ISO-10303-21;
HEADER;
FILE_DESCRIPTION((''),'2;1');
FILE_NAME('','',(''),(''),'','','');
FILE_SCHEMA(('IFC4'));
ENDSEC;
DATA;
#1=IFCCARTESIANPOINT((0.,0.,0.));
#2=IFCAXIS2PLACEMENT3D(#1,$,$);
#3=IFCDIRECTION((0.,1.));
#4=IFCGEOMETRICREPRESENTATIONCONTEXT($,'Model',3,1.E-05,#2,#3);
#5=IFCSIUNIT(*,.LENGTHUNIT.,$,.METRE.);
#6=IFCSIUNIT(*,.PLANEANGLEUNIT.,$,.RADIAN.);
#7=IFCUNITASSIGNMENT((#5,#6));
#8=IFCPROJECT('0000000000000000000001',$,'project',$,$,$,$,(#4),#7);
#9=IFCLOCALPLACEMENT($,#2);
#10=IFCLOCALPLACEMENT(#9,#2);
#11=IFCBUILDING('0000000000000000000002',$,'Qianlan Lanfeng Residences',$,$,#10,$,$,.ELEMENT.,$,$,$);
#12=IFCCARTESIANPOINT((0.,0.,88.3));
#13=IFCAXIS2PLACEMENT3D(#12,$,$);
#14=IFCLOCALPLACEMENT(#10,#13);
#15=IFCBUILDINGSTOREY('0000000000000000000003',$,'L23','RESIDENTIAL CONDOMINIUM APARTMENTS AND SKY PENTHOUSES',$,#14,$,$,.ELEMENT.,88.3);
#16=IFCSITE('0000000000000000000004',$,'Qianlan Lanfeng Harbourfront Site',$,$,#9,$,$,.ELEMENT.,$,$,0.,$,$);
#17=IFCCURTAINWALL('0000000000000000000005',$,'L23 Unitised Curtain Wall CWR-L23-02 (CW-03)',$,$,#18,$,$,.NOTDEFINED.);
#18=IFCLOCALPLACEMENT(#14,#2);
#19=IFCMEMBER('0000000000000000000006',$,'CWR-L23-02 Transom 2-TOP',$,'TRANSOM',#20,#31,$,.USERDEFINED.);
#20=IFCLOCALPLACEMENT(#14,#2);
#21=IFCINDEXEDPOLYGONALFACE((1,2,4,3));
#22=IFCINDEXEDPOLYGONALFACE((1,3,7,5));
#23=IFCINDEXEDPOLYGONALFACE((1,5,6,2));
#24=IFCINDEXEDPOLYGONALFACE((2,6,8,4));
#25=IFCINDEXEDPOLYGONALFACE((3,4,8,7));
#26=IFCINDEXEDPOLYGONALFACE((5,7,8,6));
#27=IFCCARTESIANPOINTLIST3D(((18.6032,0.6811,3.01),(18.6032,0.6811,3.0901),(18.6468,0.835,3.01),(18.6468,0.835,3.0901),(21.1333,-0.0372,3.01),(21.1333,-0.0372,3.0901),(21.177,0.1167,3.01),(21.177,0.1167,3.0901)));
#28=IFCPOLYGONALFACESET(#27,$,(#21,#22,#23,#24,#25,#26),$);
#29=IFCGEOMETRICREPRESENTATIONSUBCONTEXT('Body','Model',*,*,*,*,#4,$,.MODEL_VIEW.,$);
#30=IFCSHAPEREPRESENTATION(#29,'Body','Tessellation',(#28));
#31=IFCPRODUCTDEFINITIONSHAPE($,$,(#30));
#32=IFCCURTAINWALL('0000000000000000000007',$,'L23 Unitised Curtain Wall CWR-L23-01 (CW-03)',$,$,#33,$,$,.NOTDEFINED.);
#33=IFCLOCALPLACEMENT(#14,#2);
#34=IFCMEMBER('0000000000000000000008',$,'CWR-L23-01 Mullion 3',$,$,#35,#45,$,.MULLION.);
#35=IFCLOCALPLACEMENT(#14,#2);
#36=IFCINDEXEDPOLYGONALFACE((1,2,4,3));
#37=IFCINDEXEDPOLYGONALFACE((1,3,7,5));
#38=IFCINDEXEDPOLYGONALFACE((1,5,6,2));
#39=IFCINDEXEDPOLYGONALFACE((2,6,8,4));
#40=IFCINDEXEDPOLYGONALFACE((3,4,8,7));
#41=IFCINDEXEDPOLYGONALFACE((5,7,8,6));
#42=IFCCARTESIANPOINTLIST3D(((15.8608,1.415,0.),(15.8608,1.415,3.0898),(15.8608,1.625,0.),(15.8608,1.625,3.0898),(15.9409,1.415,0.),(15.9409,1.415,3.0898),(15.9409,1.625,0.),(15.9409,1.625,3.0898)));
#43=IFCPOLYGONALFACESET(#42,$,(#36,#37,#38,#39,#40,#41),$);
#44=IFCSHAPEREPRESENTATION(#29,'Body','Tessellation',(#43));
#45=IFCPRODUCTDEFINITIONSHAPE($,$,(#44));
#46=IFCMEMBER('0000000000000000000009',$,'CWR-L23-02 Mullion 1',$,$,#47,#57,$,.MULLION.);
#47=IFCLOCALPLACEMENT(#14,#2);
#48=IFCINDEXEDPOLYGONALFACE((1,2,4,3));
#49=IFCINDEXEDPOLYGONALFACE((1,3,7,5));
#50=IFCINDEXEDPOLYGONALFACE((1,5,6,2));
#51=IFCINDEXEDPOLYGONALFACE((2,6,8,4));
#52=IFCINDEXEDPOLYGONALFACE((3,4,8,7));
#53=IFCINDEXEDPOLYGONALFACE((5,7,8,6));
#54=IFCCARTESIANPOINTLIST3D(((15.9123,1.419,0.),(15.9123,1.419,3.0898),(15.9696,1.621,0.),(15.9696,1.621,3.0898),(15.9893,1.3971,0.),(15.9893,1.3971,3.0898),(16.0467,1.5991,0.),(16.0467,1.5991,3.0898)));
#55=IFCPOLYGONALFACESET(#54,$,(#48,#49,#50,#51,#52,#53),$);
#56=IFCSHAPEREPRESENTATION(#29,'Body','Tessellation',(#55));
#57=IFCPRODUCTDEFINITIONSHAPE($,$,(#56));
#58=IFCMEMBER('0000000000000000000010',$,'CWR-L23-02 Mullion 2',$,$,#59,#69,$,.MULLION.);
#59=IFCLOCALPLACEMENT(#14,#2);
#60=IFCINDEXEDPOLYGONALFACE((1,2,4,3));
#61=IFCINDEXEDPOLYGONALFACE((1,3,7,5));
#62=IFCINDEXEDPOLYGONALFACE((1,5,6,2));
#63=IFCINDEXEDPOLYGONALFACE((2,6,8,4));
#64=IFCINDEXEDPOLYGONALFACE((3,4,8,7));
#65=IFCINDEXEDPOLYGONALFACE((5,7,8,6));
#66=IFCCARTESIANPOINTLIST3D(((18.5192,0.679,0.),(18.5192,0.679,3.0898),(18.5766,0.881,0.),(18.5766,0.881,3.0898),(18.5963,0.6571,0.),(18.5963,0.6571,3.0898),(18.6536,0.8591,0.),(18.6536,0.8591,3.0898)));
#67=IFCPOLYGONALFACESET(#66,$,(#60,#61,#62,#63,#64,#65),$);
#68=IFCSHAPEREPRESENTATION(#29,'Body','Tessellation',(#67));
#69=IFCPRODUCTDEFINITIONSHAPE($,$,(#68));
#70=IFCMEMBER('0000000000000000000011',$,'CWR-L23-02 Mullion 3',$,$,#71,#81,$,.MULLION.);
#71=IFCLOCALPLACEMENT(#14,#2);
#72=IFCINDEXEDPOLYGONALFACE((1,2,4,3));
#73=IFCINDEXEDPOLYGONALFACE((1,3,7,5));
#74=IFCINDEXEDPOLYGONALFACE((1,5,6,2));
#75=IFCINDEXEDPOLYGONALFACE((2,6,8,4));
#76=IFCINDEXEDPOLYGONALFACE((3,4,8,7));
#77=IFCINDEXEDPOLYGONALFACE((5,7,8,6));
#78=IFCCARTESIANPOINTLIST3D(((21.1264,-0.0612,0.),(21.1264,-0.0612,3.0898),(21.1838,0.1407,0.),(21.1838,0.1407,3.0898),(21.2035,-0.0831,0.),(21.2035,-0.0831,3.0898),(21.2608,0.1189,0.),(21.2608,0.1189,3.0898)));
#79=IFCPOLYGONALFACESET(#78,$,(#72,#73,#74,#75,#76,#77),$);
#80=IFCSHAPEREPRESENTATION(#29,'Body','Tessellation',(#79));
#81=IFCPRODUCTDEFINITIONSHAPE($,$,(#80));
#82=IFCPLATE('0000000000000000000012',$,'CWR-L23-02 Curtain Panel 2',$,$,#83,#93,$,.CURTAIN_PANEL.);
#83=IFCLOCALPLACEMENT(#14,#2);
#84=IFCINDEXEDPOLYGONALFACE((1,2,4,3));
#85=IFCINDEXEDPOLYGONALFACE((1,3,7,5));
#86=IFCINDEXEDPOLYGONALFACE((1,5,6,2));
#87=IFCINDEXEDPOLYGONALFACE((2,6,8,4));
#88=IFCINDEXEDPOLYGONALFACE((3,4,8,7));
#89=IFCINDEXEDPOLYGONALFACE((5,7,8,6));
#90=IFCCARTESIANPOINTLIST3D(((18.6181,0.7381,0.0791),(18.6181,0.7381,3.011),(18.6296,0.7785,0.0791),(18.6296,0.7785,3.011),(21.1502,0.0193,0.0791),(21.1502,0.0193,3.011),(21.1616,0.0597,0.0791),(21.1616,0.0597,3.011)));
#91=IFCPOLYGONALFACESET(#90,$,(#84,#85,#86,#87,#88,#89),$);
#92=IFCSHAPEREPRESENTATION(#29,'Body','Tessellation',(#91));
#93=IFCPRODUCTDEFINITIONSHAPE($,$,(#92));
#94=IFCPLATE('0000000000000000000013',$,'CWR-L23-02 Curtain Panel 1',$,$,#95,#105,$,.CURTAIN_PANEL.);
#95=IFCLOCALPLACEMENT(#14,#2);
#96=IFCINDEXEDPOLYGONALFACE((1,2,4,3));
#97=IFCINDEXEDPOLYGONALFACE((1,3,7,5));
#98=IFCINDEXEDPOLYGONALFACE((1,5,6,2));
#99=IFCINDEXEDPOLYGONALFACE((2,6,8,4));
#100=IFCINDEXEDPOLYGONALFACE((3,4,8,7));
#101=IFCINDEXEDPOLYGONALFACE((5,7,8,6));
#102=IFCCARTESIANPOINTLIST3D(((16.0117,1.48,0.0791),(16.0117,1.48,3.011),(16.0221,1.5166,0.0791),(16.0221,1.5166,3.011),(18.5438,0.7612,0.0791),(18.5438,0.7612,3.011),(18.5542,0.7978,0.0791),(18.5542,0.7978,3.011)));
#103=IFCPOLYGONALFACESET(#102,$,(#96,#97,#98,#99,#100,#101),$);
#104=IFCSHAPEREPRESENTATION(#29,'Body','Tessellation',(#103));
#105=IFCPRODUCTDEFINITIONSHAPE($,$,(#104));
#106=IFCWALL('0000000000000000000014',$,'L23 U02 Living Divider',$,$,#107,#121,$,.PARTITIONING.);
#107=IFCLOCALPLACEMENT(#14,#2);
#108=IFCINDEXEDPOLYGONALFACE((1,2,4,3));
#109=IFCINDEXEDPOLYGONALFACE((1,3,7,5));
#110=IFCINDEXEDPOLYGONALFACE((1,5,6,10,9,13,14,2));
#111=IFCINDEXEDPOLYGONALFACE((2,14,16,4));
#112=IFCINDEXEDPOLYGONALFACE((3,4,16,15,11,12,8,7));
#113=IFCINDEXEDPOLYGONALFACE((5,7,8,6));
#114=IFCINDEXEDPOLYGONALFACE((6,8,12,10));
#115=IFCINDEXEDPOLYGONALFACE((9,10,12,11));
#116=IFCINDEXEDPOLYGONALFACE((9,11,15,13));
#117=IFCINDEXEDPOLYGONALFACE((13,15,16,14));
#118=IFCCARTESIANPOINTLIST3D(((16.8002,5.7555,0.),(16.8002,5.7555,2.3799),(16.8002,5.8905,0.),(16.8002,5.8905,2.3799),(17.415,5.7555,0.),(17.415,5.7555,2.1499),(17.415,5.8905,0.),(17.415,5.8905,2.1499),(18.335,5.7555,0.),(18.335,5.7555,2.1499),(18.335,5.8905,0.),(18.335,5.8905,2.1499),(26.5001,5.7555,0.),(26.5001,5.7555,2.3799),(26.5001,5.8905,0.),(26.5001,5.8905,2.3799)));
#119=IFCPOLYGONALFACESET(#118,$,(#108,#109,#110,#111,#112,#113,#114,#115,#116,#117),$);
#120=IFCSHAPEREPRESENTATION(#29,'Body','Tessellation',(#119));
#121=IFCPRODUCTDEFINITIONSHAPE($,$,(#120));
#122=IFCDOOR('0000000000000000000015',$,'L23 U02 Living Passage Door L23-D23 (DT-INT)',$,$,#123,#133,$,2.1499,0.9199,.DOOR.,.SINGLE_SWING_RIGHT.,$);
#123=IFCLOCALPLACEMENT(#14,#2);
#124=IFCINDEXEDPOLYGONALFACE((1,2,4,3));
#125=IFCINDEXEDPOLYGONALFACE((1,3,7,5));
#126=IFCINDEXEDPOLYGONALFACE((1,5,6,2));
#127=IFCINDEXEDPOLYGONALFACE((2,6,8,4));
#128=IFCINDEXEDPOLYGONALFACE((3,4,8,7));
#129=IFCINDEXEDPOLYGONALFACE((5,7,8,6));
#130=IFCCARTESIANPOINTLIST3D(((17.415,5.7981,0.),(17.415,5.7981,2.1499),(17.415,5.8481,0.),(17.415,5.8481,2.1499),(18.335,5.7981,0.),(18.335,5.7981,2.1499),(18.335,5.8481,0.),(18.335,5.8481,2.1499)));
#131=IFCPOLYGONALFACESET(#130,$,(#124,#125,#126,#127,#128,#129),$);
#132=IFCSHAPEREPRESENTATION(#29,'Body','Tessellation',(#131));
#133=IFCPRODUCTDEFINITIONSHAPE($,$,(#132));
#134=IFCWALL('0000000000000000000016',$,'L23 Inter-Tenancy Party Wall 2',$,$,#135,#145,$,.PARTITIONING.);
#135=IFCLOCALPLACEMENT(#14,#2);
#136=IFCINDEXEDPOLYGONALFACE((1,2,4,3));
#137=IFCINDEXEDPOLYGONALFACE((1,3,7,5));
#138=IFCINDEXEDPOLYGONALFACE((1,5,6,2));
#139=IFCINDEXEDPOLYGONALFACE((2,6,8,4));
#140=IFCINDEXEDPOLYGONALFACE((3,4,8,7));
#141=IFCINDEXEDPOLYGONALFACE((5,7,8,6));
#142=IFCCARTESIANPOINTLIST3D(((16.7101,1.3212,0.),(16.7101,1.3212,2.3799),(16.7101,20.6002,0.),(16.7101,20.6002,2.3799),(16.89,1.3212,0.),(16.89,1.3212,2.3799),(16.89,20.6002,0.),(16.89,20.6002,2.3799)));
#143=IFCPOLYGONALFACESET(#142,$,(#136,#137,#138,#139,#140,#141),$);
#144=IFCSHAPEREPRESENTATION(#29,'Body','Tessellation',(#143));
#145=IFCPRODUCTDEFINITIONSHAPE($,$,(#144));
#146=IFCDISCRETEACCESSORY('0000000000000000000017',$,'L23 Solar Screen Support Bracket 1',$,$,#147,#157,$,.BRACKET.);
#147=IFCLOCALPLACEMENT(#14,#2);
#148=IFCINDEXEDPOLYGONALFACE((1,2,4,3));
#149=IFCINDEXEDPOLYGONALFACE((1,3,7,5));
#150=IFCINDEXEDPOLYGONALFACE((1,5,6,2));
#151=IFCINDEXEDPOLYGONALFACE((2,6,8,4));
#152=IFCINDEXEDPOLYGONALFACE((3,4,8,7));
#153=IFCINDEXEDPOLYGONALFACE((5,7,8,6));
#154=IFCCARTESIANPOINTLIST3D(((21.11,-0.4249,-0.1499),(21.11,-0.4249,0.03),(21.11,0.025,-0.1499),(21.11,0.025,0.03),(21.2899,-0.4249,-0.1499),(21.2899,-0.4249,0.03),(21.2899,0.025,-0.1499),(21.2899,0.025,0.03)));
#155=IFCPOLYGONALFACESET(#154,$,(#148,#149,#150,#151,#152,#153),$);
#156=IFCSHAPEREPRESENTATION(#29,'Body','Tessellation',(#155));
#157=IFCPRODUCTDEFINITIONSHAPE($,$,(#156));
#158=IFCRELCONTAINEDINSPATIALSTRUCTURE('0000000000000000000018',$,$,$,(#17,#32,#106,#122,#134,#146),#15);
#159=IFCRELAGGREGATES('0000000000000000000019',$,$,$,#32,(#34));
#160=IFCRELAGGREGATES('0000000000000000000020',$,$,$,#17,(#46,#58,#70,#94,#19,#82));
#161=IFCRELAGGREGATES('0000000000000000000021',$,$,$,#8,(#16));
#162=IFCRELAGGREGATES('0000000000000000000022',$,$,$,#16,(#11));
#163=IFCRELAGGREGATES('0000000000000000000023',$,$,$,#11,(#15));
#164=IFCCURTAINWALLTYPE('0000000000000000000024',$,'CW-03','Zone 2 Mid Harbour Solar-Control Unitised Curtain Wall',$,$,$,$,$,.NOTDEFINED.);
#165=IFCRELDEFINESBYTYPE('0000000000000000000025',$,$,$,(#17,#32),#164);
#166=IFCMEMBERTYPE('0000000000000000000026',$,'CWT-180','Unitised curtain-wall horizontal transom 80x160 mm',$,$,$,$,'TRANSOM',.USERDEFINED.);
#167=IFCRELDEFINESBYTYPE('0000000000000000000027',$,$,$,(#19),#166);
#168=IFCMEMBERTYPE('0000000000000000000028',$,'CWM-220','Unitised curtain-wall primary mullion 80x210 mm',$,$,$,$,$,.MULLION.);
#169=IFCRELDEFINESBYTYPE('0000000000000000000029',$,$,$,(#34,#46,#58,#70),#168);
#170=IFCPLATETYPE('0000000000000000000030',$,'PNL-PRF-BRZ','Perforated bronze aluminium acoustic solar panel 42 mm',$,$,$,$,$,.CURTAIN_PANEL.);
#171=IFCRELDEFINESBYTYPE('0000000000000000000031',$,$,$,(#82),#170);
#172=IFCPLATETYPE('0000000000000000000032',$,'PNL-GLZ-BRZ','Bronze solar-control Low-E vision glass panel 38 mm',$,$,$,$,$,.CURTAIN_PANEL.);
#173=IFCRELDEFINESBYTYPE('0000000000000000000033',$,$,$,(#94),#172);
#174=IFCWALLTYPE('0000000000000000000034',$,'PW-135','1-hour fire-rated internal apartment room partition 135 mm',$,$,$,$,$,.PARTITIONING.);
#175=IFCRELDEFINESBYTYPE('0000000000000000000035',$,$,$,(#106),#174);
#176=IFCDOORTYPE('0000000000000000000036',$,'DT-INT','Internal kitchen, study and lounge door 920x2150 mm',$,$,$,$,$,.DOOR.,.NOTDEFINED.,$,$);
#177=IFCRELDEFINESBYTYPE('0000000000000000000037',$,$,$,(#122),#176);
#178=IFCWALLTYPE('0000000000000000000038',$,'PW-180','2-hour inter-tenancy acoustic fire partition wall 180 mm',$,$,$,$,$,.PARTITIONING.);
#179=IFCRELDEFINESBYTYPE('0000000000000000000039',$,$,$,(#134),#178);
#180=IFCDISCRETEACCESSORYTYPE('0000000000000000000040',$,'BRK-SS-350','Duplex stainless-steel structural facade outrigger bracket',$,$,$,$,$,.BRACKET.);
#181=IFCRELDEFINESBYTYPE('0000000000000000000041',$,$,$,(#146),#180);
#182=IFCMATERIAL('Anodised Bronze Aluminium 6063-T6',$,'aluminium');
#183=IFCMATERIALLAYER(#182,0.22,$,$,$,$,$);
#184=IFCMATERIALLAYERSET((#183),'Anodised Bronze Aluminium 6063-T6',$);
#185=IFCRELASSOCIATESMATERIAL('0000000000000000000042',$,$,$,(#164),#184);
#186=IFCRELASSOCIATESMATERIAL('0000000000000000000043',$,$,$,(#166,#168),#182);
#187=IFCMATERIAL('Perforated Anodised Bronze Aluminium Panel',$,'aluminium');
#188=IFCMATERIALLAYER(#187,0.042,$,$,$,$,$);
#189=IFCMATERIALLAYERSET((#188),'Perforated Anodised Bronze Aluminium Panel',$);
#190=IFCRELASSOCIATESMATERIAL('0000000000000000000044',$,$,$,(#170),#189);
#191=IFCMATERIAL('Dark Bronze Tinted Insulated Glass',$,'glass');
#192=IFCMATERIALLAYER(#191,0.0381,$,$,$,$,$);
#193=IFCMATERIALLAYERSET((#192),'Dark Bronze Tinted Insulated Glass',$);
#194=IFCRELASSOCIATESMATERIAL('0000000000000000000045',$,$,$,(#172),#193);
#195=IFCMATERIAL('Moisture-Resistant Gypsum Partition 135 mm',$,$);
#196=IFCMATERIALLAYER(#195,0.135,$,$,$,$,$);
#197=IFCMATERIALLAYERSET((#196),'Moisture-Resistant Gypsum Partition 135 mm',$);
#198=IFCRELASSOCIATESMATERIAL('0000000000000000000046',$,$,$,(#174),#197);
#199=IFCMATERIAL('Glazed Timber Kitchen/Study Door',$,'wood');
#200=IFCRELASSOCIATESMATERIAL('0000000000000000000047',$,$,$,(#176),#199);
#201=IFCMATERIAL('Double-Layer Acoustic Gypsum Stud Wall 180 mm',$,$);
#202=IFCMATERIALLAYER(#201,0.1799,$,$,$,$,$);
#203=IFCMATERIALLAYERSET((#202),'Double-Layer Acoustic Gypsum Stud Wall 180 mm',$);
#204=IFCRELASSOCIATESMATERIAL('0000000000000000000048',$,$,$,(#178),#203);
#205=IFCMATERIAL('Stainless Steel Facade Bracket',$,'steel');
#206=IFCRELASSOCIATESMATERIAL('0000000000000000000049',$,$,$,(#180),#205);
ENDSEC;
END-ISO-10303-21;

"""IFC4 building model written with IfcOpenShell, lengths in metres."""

from ifc_helpers import new_model, si_unit, direction, frame, frame_2d, origin, origin_2d, place, context, subcontext, project, spatial, rectangle, extrude, source, transform, mapped, material, layer, layer_set, material_profile, profile_set, type_object, element, fill, aggregate, save


model = new_model("IFC4")

# Units and contexts
model_context = context("Model", 3, precision=1e-05, world=origin(), true_north=direction((0.0, 1.0)))
body_context = subcontext(model_context, "Body", "Model", "MODEL_VIEW")
ifc_project = project(units=[si_unit("LENGTHUNIT", "METRE"), si_unit("PLANEANGLEUNIT", "RADIAN")], contexts=[model_context])

# Site, building, storey
site_placement = place(None, origin())
site = spatial("IfcSite", under=ifc_project, at=site_placement, Name="Qianlan Lanfeng Harbourfront Site", CompositionType="ELEMENT", RefElevation=0.0)
building_placement = place(site_placement, origin())
building = spatial("IfcBuilding", under=site, at=building_placement, Name="Qianlan Lanfeng Residences", CompositionType="ELEMENT")
storey_placement = place(building_placement, frame((0.0, 0.0, 88.3)))
storey = spatial("IfcBuildingStorey", under=building, at=storey_placement, Name="L23", Description="RESIDENTIAL CONDOMINIUM APARTMENTS AND SKY PENTHOUSES", CompositionType="ELEMENT", Elevation=88.3)

# Curtain wall, member
ifc_material_1 = material(Name="Anodised Bronze Aluminium 6063-T6", Category="aluminium")
ifc_layer_1 = layer(ifc_material_1, 0.22)
ifc_layer_set_1 = layer_set([ifc_layer_1], Name="Anodised Bronze Aluminium 6063-T6")
curtain_wall_type = type_object("IfcCurtainWallType", Name="CW-03", Description="Zone 2 Mid Harbour Solar-Control Unitised Curtain Wall", PredefinedType="NOTDEFINED", material=ifc_layer_set_1)
curtain_wall_1_placement = place(storey_placement, origin())
curtain_wall_1 = element("IfcCurtainWall", 1, at=curtain_wall_1_placement, inside=storey, type_object=curtain_wall_type, Name="L23 Unitised Curtain Wall CWR-L23-02 (CW-03)", PredefinedType="NOTDEFINED")
ifc_material_profile_1 = material_profile(ifc_material_1, rectangle(XDim=0.0801, YDim=0.1599, at=origin_2d()), Name="ALU TRANSOM 80x160")
ifc_profile_set_1 = profile_set([ifc_material_profile_1], Name="Anodised Bronze Aluminium 6063-T6")
member_type_1 = type_object("IfcMemberType", Name="CWT-180", Description="Unitised curtain-wall horizontal transom 80x160 mm", ElementType="TRANSOM", PredefinedType="USERDEFINED", material=ifc_profile_set_1)
shared_shape_1 = source(origin(), body_context, "Body", "SweptSolid", [
    extrude(rectangle(XDim=0.0801, YDim=0.1599, at=origin_2d()), origin(), (0.0, 0.0, 1.0), 2.6301),
])
member_1_placement = place(storey_placement, frame((18.625, 0.7581, 3.05), z_axis=(0.961985, -0.273102, 0.0), x_axis=(0.0, 0.0, 1.0)))
member_1 = element("IfcMember", 2, at=member_1_placement, type_object=member_type_1, Name="CWR-L23-02 Transom 2-TOP", ObjectType="TRANSOM", PredefinedType="USERDEFINED", context=body_context, shape_type="MappedRepresentation", body=[
    mapped(shared_shape_1, transform((0.0, 0.0, 0.0), scale=1.0)),
])

# Curtain wall, member
curtain_wall_2_placement = place(storey_placement, origin())
curtain_wall_2 = element("IfcCurtainWall", 3, at=curtain_wall_2_placement, inside=storey, type_object=curtain_wall_type, Name="L23 Unitised Curtain Wall CWR-L23-01 (CW-03)", PredefinedType="NOTDEFINED")
ifc_material_profile_2 = material_profile(ifc_material_1, rectangle(XDim=0.0801, YDim=0.21, at=origin_2d()), Name="ALU MULLION 80x210")
ifc_profile_set_2 = profile_set([ifc_material_profile_2], Name="Anodised Bronze Aluminium 6063-T6")
member_type_2 = type_object("IfcMemberType", Name="CWM-220", Description="Unitised curtain-wall primary mullion 80x210 mm", PredefinedType="MULLION", material=ifc_profile_set_2)
shared_shape_2 = source(origin(), body_context, "Body", "SweptSolid", [
    extrude(rectangle(XDim=0.0801, YDim=0.21, at=origin_2d()), origin(), (0.0, 0.0, 1.0), 3.0898),
])
member_2_placement = place(storey_placement, frame((15.9009, 1.52, 0.0), z_axis=(0.0, 0.0, 1.0), x_axis=(1.0, 0.0, 0.0)))
member_2 = element("IfcMember", 4, at=member_2_placement, type_object=member_type_2, Name="CWR-L23-01 Mullion 3", PredefinedType="MULLION", context=body_context, shape_type="MappedRepresentation", body=[
    mapped(shared_shape_2, transform((0.0, 0.0, 0.0), scale=1.0)),
])
aggregate(curtain_wall_2, [member_2])

# Members
member_3_placement = place(storey_placement, frame((15.9795, 1.509, 0.0), z_axis=(0.0, 0.0, 1.0), x_axis=(0.961989, -0.273088, 0.0)))
member_3 = element("IfcMember", 5, at=member_3_placement, type_object=member_type_2, Name="CWR-L23-02 Mullion 1", PredefinedType="MULLION", context=body_context, shape_type="MappedRepresentation", body=[
    mapped(shared_shape_2, transform((0.0, 0.0, 0.0), scale=1.0)),
])
member_4_placement = place(storey_placement, frame((18.5864, 0.769, 0.0), z_axis=(0.0, 0.0, 1.0), x_axis=(0.961989, -0.273088, 0.0)))
member_4 = element("IfcMember", 6, at=member_4_placement, type_object=member_type_2, Name="CWR-L23-02 Mullion 2", PredefinedType="MULLION", context=body_context, shape_type="MappedRepresentation", body=[
    mapped(shared_shape_2, transform((0.0, 0.0, 0.0), scale=1.0)),
])
member_5_placement = place(storey_placement, frame((21.1936, 0.0288, 0.0), z_axis=(0.0, 0.0, 1.0), x_axis=(0.961989, -0.273088, 0.0)))
member_5 = element("IfcMember", 7, at=member_5_placement, type_object=member_type_2, Name="CWR-L23-02 Mullion 3", PredefinedType="MULLION", context=body_context, shape_type="MappedRepresentation", body=[
    mapped(shared_shape_2, transform((0.0, 0.0, 0.0), scale=1.0)),
])

# Plates
ifc_material_2 = material(Name="Perforated Anodised Bronze Aluminium Panel", Category="aluminium")
ifc_layer_2 = layer(ifc_material_2, 0.042)
ifc_layer_set_2 = layer_set([ifc_layer_2], Name="Perforated Anodised Bronze Aluminium Panel")
plate_type_1 = type_object("IfcPlateType", Name="PNL-PRF-BRZ", Description="Perforated bronze aluminium acoustic solar panel 42 mm", PredefinedType="CURTAIN_PANEL", material=ifc_layer_set_2)
shared_shape_3 = source(origin(), body_context, "Body", "SweptSolid", [
    extrude(rectangle(XDim=2.6321, YDim=0.042, at=origin_2d()), origin(), (0.0, 0.0, 1.0), 2.9319),
])
plate_1_placement = place(storey_placement, frame((19.8899, 0.3989, 0.0791), z_axis=(0.0, 0.0, 1.0), x_axis=(0.961989, -0.273088, 0.0)))
plate_1 = element("IfcPlate", 8, at=plate_1_placement, type_object=plate_type_1, Name="CWR-L23-02 Curtain Panel 2", PredefinedType="CURTAIN_PANEL", context=body_context, shape_type="MappedRepresentation", body=[
    mapped(shared_shape_3, transform((0.0, 0.0, 0.0), scale=1.0)),
])
ifc_material_3 = material(Name="Dark Bronze Tinted Insulated Glass", Category="glass")
ifc_layer_3 = layer(ifc_material_3, 0.0381)
ifc_layer_set_3 = layer_set([ifc_layer_3], Name="Dark Bronze Tinted Insulated Glass")
plate_type_2 = type_object("IfcPlateType", Name="PNL-GLZ-BRZ", Description="Bronze solar-control Low-E vision glass panel 38 mm", PredefinedType="CURTAIN_PANEL", material=ifc_layer_set_3)
shared_shape_4 = source(origin(), body_context, "Body", "SweptSolid", [
    extrude(rectangle(XDim=2.6321, YDim=0.0381, at=origin_2d()), origin(), (0.0, 0.0, 1.0), 2.9319),
])
plate_2_placement = place(storey_placement, frame((17.283, 1.1389, 0.0791), z_axis=(0.0, 0.0, 1.0), x_axis=(0.961989, -0.273088, 0.0)))
plate_2 = element("IfcPlate", 9, at=plate_2_placement, type_object=plate_type_2, Name="CWR-L23-02 Curtain Panel 1", PredefinedType="CURTAIN_PANEL", context=body_context, shape_type="MappedRepresentation", body=[
    mapped(shared_shape_4, transform((0.0, 0.0, 0.0), scale=1.0)),
])
aggregate(curtain_wall_1, [member_3, member_4, member_5, plate_2, member_1, plate_1])

# Wall, opening, door
ifc_material_4 = material(Name="Moisture-Resistant Gypsum Partition 135 mm")
ifc_layer_4 = layer(ifc_material_4, 0.135)
ifc_layer_set_4 = layer_set([ifc_layer_4], Name="Moisture-Resistant Gypsum Partition 135 mm")
wall_type_1 = type_object("IfcWallType", Name="PW-135", Description="1-hour fire-rated internal apartment room partition 135 mm", PredefinedType="PARTITIONING", material=ifc_layer_set_4)
wall_1_placement = place(storey_placement, frame((16.8, 5.823, 0.0), z_axis=(0.0, 0.0, 1.0), x_axis=(1.0, 0.0, 0.0)))
wall_1 = element("IfcWall", 10, at=wall_1_placement, inside=storey, type_object=wall_type_1, Name="L23 U02 Living Divider", PredefinedType="PARTITIONING", context=body_context, shape_type="SweptSolid", body=[
    extrude(rectangle(XDim=9.7, YDim=0.135, at=frame_2d((4.8501, 0.0))), origin(), (0.0, 0.0, 1.0), 2.3799),
])
opening_1_placement = place(wall_1_placement, frame((0.615, 0.0, 0.0)))
opening_1 = element("IfcOpeningElement", 11, at=opening_1_placement, cuts=wall_1, PredefinedType="OPENING", context=body_context, shape_type="SweptSolid", body=[
    extrude(rectangle(XDim=0.9199, YDim=2.1499, at=frame_2d((0.46, 1.075))), frame((0.0, 0.0776, 0.0), z_axis=(0.0, -1.0, 0.0), x_axis=(1.0, 0.0, 0.0)), (0.0, 0.0, 1.0), 0.155),
])
ifc_material_5 = material(Name="Glazed Timber Kitchen/Study Door", Category="wood")
door_type_1 = type_object("IfcDoorType", Name="DT-INT", Description="Internal kitchen, study and lounge door 920x2150 mm", OperationType="NOTDEFINED", PredefinedType="DOOR", material=ifc_material_5)
door_1_placement = place(opening_1_placement, frame((0.9199, 0.0, 0.0), z_axis=(0.0, 0.0, 1.0), x_axis=(-1.0, 0.0, 0.0)))
door_1 = element("IfcDoor", 12, at=door_1_placement, inside=storey, type_object=door_type_1, Name="L23 U02 Living Passage Door L23-D23 (DT-INT)", OperationType="SINGLE_SWING_RIGHT", OverallHeight=2.1499, OverallWidth=0.9199, PredefinedType="DOOR", context=body_context, shape_type="SweptSolid", body=[
    extrude(rectangle(XDim=0.9199, YDim=2.1499, at=frame_2d((0.46, 1.075))), frame((0.0, 0.0249, 0.0), z_axis=(0.0, -1.0, 0.0), x_axis=(1.0, 0.0, 0.0)), (0.0, 0.0, 1.0), 0.05),
])
fill(opening_1, door_1)

# Wall
ifc_material_6 = material(Name="Double-Layer Acoustic Gypsum Stud Wall 180 mm")
ifc_layer_5 = layer(ifc_material_6, 0.1799)
ifc_layer_set_5 = layer_set([ifc_layer_5], Name="Double-Layer Acoustic Gypsum Stud Wall 180 mm")
wall_type_2 = type_object("IfcWallType", Name="PW-180", Description="2-hour inter-tenancy acoustic fire partition wall 180 mm", PredefinedType="PARTITIONING", material=ifc_layer_set_5)
wall_2_placement = place(storey_placement, frame((16.8, 1.321, 0.0), z_axis=(0.0, 0.0, 1.0), x_axis=(0.0, 1.0, 0.0)))
element("IfcWall", 13, at=wall_2_placement, inside=storey, type_object=wall_type_2, Name="L23 Inter-Tenancy Party Wall 2", PredefinedType="PARTITIONING", context=body_context, shape_type="SweptSolid", body=[
    extrude(rectangle(XDim=19.2791, YDim=0.1799, at=frame_2d((9.6396, 0.0))), origin(), (0.0, 0.0, 1.0), 2.3799),
])

# Discrete accessory
ifc_material_7 = material(Name="Stainless Steel Facade Bracket", Category="steel")
discrete_accessory_type = type_object("IfcDiscreteAccessoryType", Name="BRK-SS-350", Description="Duplex stainless-steel structural facade outrigger bracket", PredefinedType="BRACKET", material=ifc_material_7)
shared_shape_5 = source(origin(), body_context, "Body", "SweptSolid", [
    extrude(rectangle(XDim=0.1799, YDim=0.45, at=origin_2d()), origin(), (0.0, 0.0, 1.0), 0.1799),
])
discrete_accessory_placement = place(storey_placement, frame((21.2, -0.2, -0.1499), z_axis=(0.0, 0.0, 1.0), x_axis=(1.0, 0.0, 0.0)))
element("IfcDiscreteAccessory", 14, at=discrete_accessory_placement, inside=storey, type_object=discrete_accessory_type, Name="L23 Solar Screen Support Bracket 1", PredefinedType="BRACKET", context=body_context, shape_type="MappedRepresentation", body=[
    mapped(shared_shape_5, transform((0.0, 0.0, 0.0), scale=1.0)),
])

save(model, "model.ifc")
